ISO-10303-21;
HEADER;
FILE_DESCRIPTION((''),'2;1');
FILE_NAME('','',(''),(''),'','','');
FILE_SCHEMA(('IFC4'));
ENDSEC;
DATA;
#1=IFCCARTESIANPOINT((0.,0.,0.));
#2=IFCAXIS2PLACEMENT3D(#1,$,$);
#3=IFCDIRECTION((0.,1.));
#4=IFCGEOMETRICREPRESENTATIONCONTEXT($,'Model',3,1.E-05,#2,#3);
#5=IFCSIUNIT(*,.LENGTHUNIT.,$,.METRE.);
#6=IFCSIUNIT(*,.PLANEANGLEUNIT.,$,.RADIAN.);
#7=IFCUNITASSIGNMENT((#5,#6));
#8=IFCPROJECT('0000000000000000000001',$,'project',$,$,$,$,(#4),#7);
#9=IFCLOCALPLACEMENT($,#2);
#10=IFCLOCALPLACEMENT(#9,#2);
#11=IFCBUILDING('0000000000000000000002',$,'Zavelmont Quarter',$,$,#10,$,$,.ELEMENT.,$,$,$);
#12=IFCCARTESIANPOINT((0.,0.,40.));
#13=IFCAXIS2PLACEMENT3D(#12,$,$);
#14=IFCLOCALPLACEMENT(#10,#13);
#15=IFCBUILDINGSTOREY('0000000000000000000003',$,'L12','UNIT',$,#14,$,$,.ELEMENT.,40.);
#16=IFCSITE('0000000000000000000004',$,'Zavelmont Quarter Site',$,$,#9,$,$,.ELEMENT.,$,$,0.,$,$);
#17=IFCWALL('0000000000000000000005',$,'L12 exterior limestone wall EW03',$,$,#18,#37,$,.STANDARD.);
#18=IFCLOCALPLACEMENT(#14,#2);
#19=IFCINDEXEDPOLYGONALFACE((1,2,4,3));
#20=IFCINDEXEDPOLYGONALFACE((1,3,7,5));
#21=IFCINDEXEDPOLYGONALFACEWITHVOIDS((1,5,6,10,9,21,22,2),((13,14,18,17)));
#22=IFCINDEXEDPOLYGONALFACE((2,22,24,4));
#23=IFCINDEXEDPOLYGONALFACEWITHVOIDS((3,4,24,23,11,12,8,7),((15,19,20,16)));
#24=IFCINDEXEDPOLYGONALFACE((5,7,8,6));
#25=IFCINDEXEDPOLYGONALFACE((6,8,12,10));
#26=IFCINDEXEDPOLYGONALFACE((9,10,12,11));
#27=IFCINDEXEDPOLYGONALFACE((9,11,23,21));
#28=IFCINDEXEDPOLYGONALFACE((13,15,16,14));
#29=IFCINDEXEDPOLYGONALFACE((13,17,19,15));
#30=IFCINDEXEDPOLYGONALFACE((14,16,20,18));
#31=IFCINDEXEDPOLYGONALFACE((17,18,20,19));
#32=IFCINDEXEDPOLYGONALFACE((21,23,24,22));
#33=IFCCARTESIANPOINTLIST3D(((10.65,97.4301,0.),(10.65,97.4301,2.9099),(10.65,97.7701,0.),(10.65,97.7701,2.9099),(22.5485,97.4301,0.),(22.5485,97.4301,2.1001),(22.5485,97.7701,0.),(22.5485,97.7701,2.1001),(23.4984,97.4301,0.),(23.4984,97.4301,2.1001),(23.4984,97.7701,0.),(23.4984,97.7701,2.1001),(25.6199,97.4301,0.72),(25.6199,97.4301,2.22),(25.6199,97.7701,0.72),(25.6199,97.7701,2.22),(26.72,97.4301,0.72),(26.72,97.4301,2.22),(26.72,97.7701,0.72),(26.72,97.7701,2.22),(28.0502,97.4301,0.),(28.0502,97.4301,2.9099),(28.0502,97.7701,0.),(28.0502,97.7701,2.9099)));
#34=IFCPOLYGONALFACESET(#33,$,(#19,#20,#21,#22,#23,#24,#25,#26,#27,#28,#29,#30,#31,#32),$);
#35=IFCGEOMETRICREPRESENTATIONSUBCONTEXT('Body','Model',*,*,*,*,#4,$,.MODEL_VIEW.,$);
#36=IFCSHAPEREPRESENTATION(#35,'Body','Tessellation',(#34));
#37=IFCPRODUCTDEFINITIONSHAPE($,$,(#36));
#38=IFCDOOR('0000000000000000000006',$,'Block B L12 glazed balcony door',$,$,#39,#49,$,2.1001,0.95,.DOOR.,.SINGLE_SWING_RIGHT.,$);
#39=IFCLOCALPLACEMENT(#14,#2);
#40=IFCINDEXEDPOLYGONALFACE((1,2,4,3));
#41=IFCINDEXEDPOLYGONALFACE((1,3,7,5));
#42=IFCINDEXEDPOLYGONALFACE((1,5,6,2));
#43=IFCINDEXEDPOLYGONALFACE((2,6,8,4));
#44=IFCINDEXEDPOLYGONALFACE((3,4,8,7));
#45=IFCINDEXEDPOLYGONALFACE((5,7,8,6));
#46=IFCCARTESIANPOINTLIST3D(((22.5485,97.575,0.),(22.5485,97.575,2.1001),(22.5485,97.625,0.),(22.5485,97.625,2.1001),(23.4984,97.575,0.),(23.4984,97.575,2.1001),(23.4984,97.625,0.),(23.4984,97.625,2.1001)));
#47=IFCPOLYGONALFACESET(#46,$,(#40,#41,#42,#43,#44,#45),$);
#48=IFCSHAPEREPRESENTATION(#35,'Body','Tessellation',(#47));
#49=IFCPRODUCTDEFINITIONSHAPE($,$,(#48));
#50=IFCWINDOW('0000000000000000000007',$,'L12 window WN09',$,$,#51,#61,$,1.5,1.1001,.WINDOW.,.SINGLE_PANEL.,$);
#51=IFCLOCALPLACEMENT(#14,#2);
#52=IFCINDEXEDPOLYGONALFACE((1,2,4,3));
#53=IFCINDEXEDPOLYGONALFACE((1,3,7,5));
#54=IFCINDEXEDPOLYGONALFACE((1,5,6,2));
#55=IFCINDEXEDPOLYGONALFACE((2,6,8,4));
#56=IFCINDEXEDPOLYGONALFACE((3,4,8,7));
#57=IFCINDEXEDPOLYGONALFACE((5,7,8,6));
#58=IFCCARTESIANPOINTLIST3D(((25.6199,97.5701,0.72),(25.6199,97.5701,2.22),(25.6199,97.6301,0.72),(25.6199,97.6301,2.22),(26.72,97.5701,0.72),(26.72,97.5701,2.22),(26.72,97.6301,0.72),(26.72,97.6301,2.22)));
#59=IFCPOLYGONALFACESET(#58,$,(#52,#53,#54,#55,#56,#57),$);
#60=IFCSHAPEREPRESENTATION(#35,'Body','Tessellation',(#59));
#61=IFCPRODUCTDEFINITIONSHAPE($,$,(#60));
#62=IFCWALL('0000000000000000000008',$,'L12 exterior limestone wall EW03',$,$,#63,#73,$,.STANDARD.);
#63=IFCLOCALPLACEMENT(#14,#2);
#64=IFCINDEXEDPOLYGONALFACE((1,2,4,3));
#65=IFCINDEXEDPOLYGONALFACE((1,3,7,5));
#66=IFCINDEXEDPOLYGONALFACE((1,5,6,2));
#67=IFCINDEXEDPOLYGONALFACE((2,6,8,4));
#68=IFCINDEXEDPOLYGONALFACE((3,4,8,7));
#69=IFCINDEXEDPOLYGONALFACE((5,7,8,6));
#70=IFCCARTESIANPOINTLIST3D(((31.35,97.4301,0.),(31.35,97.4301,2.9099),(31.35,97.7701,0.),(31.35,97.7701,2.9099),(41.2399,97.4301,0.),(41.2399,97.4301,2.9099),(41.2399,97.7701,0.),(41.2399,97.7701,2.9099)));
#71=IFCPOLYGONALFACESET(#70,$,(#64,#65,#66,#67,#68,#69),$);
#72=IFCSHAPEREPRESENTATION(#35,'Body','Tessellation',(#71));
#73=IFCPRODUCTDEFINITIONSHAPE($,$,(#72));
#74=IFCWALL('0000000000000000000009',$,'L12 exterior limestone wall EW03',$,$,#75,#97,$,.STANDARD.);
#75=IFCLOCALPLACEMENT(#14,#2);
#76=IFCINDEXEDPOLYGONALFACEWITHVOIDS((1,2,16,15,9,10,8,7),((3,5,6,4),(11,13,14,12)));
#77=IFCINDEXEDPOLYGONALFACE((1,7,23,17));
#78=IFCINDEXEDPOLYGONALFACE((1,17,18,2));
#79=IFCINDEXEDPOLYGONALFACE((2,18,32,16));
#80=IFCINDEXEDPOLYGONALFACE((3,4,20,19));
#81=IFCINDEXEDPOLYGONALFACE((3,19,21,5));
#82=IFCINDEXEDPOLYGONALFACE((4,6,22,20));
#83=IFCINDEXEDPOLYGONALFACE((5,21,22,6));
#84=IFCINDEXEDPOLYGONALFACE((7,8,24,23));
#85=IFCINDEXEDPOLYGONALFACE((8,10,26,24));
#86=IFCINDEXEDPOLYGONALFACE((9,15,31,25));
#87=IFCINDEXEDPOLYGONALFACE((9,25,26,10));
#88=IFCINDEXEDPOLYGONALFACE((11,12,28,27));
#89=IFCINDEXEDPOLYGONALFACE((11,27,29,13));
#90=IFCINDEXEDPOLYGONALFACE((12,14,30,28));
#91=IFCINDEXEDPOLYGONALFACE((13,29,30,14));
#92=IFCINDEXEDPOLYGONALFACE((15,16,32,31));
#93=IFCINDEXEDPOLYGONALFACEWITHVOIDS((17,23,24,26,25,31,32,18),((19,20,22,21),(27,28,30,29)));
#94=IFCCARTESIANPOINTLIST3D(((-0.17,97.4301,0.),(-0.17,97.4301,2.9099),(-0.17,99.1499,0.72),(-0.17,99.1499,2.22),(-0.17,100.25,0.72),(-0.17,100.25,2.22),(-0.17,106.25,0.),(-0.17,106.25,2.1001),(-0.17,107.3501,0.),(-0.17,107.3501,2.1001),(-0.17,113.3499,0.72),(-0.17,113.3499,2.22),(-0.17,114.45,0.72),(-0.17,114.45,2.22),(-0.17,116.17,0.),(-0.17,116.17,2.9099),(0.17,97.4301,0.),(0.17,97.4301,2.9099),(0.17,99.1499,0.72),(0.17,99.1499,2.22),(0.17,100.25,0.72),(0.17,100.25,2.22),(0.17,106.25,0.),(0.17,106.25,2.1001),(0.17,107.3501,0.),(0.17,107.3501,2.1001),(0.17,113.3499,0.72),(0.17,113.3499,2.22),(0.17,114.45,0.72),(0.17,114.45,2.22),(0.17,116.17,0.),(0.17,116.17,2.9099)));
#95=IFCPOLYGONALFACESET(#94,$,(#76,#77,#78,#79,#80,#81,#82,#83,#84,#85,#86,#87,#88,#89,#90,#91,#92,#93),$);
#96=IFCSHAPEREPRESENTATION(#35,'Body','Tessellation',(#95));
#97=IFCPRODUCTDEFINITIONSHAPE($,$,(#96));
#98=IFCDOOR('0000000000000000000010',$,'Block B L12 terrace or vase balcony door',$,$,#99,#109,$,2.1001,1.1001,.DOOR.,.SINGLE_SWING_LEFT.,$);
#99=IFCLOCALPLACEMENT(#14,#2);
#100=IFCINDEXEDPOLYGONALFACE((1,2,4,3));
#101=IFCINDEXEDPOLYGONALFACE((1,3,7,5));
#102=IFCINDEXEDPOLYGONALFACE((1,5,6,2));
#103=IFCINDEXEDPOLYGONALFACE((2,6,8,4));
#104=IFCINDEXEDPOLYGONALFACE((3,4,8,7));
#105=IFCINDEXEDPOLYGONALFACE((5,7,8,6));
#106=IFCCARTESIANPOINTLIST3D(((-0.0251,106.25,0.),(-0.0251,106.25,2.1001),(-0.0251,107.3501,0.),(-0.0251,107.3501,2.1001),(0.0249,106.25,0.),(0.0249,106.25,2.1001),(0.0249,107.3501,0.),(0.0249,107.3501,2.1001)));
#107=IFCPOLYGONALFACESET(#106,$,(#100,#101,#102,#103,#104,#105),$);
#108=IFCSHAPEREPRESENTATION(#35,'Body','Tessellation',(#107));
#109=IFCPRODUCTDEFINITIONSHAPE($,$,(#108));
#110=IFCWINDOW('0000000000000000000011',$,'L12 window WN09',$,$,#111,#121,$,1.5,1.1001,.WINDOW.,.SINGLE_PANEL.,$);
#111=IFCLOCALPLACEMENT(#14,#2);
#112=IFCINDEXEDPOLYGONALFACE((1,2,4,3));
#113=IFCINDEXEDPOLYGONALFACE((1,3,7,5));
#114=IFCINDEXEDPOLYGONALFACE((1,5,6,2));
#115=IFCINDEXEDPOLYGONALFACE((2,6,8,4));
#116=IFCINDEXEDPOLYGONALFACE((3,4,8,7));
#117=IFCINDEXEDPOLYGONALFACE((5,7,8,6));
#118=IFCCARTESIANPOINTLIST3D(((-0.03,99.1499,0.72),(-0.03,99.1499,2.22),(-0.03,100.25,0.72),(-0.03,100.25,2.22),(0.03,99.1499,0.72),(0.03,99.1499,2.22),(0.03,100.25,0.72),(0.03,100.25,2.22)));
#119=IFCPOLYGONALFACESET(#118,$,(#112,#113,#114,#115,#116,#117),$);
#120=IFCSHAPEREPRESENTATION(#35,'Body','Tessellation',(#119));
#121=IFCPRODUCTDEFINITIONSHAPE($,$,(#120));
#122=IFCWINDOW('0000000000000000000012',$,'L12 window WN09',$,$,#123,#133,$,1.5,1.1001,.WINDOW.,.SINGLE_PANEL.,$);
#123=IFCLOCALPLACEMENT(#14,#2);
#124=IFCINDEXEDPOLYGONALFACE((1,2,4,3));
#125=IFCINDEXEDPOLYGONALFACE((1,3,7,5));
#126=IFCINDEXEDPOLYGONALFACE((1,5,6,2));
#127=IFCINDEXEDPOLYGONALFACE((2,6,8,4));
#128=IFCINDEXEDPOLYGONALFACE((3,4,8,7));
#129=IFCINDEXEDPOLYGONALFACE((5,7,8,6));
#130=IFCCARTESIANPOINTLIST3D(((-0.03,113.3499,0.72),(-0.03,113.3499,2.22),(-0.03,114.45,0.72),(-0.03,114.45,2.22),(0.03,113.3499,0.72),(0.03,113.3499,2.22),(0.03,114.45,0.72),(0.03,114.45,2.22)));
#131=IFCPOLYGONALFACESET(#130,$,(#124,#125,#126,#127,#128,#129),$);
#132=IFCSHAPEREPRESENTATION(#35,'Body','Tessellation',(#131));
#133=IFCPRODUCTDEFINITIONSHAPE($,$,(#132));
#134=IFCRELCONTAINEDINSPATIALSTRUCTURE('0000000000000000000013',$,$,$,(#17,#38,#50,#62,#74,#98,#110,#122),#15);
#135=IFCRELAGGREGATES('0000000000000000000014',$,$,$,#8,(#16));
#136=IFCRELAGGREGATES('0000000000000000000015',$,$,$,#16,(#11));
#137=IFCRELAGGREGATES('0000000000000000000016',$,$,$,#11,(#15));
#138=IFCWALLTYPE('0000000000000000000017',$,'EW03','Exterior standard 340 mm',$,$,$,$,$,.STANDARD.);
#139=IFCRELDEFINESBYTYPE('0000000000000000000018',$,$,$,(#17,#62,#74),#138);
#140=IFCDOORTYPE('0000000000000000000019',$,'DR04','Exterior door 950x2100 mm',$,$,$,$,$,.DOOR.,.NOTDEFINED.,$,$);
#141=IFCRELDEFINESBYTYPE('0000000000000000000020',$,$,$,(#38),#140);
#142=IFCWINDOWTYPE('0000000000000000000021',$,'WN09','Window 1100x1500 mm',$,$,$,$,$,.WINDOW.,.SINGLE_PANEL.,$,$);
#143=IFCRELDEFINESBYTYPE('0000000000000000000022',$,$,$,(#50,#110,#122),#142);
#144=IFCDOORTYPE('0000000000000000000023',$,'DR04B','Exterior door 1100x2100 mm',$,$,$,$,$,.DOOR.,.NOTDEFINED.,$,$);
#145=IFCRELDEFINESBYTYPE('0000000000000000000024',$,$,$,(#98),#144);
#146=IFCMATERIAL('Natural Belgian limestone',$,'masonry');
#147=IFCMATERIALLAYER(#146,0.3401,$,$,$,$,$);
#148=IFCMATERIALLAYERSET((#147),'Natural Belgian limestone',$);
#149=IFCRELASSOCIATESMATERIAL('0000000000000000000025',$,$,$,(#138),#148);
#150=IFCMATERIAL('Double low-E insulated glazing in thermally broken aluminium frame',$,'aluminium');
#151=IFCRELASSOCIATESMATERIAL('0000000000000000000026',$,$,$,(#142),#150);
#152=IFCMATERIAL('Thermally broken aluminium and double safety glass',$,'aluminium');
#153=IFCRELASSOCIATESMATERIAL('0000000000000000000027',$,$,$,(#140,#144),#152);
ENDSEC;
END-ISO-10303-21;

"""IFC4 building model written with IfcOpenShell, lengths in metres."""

from ifc_helpers import new_model, si_unit, direction, frame, frame_2d, origin, origin_with_axes, place, context, subcontext, project, spatial, rectangle, extrude, material, layer, layer_set, type_object, element, fill, save


model = new_model("IFC4")

# Units and contexts
model_context = context("Model", 3, precision=1e-05, world=origin(), true_north=direction((0.0, 1.0)))
body_context = subcontext(model_context, "Body", "Model", "MODEL_VIEW")
ifc_project = project(units=[si_unit("LENGTHUNIT", "METRE"), si_unit("PLANEANGLEUNIT", "RADIAN")], contexts=[model_context])

# Site, building, storey
site_placement = place(None, origin())
site = spatial("IfcSite", under=ifc_project, at=site_placement, Name="Zavelmont Quarter Site", CompositionType="ELEMENT", RefElevation=0.0)
building_placement = place(site_placement, origin())
building = spatial("IfcBuilding", under=site, at=building_placement, Name="Zavelmont Quarter", CompositionType="ELEMENT")
storey_placement = place(building_placement, frame((0.0, 0.0, 40.0)))
storey = spatial("IfcBuildingStorey", under=building, at=storey_placement, Name="L12", Description="UNIT", CompositionType="ELEMENT", Elevation=40.0)

# Shared definitions
ifc_material_1 = material(Name="Natural Belgian limestone", Category="masonry")
ifc_layer_1 = layer(ifc_material_1, 0.3401)
ifc_layer_set_1 = layer_set([ifc_layer_1], Name="Natural Belgian limestone")
wall_type_1 = type_object("IfcWallType", Name="EW03", Description="Exterior standard 340 mm", PredefinedType="STANDARD", material=ifc_layer_set_1)
ifc_material_2 = material(Name="Double low-E insulated glazing in thermally broken aluminium frame", Category="aluminium")
window_type_1 = type_object("IfcWindowType", Name="WN09", Description="Window 1100x1500 mm", PartitioningType="SINGLE_PANEL", PredefinedType="WINDOW", material=ifc_material_2)

# Wall, openings, door, window
wall_1_placement = place(storey_placement, frame((10.6499, 97.6001, 0.0), z_axis=(0.0, 0.0, 1.0), x_axis=(1.0, 0.0, 0.0)))
wall_1 = element("IfcWall", 1, at=wall_1_placement, inside=storey, type_object=wall_type_1, Name="L12 exterior limestone wall EW03", PredefinedType="STANDARD", context=body_context, shape_type="SweptSolid", body=[
    extrude(rectangle(XDim=17.4001, YDim=0.3401, at=frame_2d((8.7002, 0.0))), origin(), (0.0, 0.0, 1.0), 2.9099),
])
opening_1_placement = place(wall_1_placement, frame((11.8984, 0.0, 0.0)))
opening_1 = element("IfcOpeningElement", 2, at=opening_1_placement, cuts=wall_1, PredefinedType="OPENING", context=body_context, shape_type="SweptSolid", body=[
    extrude(rectangle(XDim=0.95, YDim=2.1001, at=frame_2d((0.4751, 1.05))), frame((0.0, 0.1821, 0.0), z_axis=(0.0, -1.0, 0.0), x_axis=(1.0, 0.0, 0.0)), (0.0, 0.0, 1.0), 0.364),
])
opening_2_placement = place(wall_1_placement, frame((14.97, 0.0, 0.72)))
opening_2 = element("IfcOpeningElement", 3, at=opening_2_placement, cuts=wall_1, PredefinedType="OPENING", context=body_context, shape_type="SweptSolid", body=[
    extrude(rectangle(XDim=1.1001, YDim=1.5, at=frame_2d((0.55, 0.75))), frame((0.0, 0.1821, 0.0), z_axis=(0.0, -1.0, 0.0), x_axis=(1.0, 0.0, 0.0)), (0.0, 0.0, 1.0), 0.364),
])
ifc_material_3 = material(Name="Thermally broken aluminium and double safety glass", Category="aluminium")
door_type_1 = type_object("IfcDoorType", Name="DR04", Description="Exterior door 950x2100 mm", OperationType="NOTDEFINED", PredefinedType="DOOR", material=ifc_material_3)
door_1_placement = place(opening_1_placement, origin_with_axes())
door_1 = element("IfcDoor", 4, at=door_1_placement, inside=storey, type_object=door_type_1, Name="Block B L12 glazed balcony door", OperationType="SINGLE_SWING_RIGHT", OverallHeight=2.1001, OverallWidth=0.95, PredefinedType="DOOR", context=body_context, shape_type="SweptSolid", body=[
    extrude(rectangle(XDim=0.95, YDim=2.1001, at=frame_2d((0.4751, 1.05))), frame((0.0, 0.0249, 0.0), z_axis=(0.0, -1.0, 0.0), x_axis=(1.0, 0.0, 0.0)), (0.0, 0.0, 1.0), 0.05),
])
fill(opening_1, door_1)
window_1_placement = place(opening_2_placement, origin_with_axes())
window_1 = element("IfcWindow", 5, at=window_1_placement, inside=storey, type_object=window_type_1, Name="L12 window WN09", OverallHeight=1.5, OverallWidth=1.1001, PartitioningType="SINGLE_PANEL", PredefinedType="WINDOW", context=body_context, shape_type="SweptSolid", body=[
    extrude(rectangle(XDim=1.1001, YDim=1.5, at=frame_2d((0.55, 0.75))), frame((0.0, 0.03, 0.0), z_axis=(0.0, -1.0, 0.0), x_axis=(1.0, 0.0, 0.0)), (0.0, 0.0, 1.0), 0.0601),
])
fill(opening_2, window_1)

# Wall
wall_2_placement = place(storey_placement, frame((31.3501, 97.6001, 0.0), z_axis=(0.0, 0.0, 1.0), x_axis=(1.0, 0.0, 0.0)))
element("IfcWall", 6, at=wall_2_placement, inside=storey, type_object=wall_type_1, Name="L12 exterior limestone wall EW03", PredefinedType="STANDARD", context=body_context, shape_type="SweptSolid", body=[
    extrude(rectangle(XDim=9.8899, YDim=0.3401, at=frame_2d((4.9448, 0.0))), origin(), (0.0, 0.0, 1.0), 2.9099),
])

# Wall, openings, door, windows
wall_3_placement = place(storey_placement, frame((0.0, 97.4299, 0.0), z_axis=(0.0, 0.0, 1.0), x_axis=(0.0, 1.0, 0.0)))
wall_3 = element("IfcWall", 7, at=wall_3_placement, inside=storey, type_object=wall_type_1, Name="L12 exterior limestone wall EW03", PredefinedType="STANDARD", context=body_context, shape_type="SweptSolid", body=[
    extrude(rectangle(XDim=18.74, YDim=0.3401, at=frame_2d((9.3701, 0.0))), origin(), (0.0, 0.0, 1.0), 2.9099),
])
opening_3_placement = place(wall_3_placement, frame((8.8201, 0.0, 0.0)))
opening_3 = element("IfcOpeningElement", 8, at=opening_3_placement, cuts=wall_3, PredefinedType="OPENING", context=body_context, shape_type="SweptSolid", body=[
    extrude(rectangle(XDim=1.1001, YDim=2.1001, at=frame_2d((0.55, 1.05))), frame((0.0, 0.1821, 0.0), z_axis=(0.0, -1.0, 0.0), x_axis=(1.0, 0.0, 0.0)), (0.0, 0.0, 1.0), 0.364),
])
opening_4_placement = place(wall_3_placement, frame((1.72, 0.0, 0.72)))
opening_4 = element("IfcOpeningElement", 9, at=opening_4_placement, cuts=wall_3, PredefinedType="OPENING", context=body_context, shape_type="SweptSolid", body=[
    extrude(rectangle(XDim=1.1001, YDim=1.5, at=frame_2d((0.55, 0.75))), frame((0.0, 0.1821, 0.0), z_axis=(0.0, -1.0, 0.0), x_axis=(1.0, 0.0, 0.0)), (0.0, 0.0, 1.0), 0.364),
])
opening_5_placement = place(wall_3_placement, frame((15.9199, 0.0, 0.72)))
opening_5 = element("IfcOpeningElement", 10, at=opening_5_placement, cuts=wall_3, PredefinedType="OPENING", context=body_context, shape_type="SweptSolid", body=[
    extrude(rectangle(XDim=1.1001, YDim=1.5, at=frame_2d((0.55, 0.75))), frame((0.0, 0.1821, 0.0), z_axis=(0.0, -1.0, 0.0), x_axis=(1.0, 0.0, 0.0)), (0.0, 0.0, 1.0), 0.364),
])
door_type_2 = type_object("IfcDoorType", Name="DR04B", Description="Exterior door 1100x2100 mm", OperationType="NOTDEFINED", PredefinedType="DOOR", material=ifc_material_3)
door_2_placement = place(opening_3_placement, frame((1.1001, 0.0, 0.0), z_axis=(0.0, 0.0, 1.0), x_axis=(-1.0, 0.0, 0.0)))
door_2 = element("IfcDoor", 11, at=door_2_placement, inside=storey, type_object=door_type_2, Name="Block B L12 terrace or vase balcony door", OperationType="SINGLE_SWING_LEFT", OverallHeight=2.1001, OverallWidth=1.1001, PredefinedType="DOOR", context=body_context, shape_type="SweptSolid", body=[
    extrude(rectangle(XDim=1.1001, YDim=2.1001, at=frame_2d((0.55, 1.05))), frame((0.0, 0.0249, 0.0), z_axis=(0.0, -1.0, 0.0), x_axis=(1.0, 0.0, 0.0)), (0.0, 0.0, 1.0), 0.05),
])
fill(opening_3, door_2)
window_2_placement = place(opening_4_placement, origin_with_axes())
window_2 = element("IfcWindow", 12, at=window_2_placement, inside=storey, type_object=window_type_1, Name="L12 window WN09", OverallHeight=1.5, OverallWidth=1.1001, PartitioningType="SINGLE_PANEL", PredefinedType="WINDOW", context=body_context, shape_type="SweptSolid", body=[
    extrude(rectangle(XDim=1.1001, YDim=1.5, at=frame_2d((0.55, 0.75))), frame((0.0, 0.03, 0.0), z_axis=(0.0, -1.0, 0.0), x_axis=(1.0, 0.0, 0.0)), (0.0, 0.0, 1.0), 0.0601),
])
fill(opening_4, window_2)
window_3_placement = place(opening_5_placement, origin_with_axes())
window_3 = element("IfcWindow", 13, at=window_3_placement, inside=storey, type_object=window_type_1, Name="L12 window WN09", OverallHeight=1.5, OverallWidth=1.1001, PartitioningType="SINGLE_PANEL", PredefinedType="WINDOW", context=body_context, shape_type="SweptSolid", body=[
    extrude(rectangle(XDim=1.1001, YDim=1.5, at=frame_2d((0.55, 0.75))), frame((0.0, 0.03, 0.0), z_axis=(0.0, -1.0, 0.0), x_axis=(1.0, 0.0, 0.0)), (0.0, 0.0, 1.0), 0.0601),
])
fill(opening_5, window_3)

save(model, "model.ifc")
